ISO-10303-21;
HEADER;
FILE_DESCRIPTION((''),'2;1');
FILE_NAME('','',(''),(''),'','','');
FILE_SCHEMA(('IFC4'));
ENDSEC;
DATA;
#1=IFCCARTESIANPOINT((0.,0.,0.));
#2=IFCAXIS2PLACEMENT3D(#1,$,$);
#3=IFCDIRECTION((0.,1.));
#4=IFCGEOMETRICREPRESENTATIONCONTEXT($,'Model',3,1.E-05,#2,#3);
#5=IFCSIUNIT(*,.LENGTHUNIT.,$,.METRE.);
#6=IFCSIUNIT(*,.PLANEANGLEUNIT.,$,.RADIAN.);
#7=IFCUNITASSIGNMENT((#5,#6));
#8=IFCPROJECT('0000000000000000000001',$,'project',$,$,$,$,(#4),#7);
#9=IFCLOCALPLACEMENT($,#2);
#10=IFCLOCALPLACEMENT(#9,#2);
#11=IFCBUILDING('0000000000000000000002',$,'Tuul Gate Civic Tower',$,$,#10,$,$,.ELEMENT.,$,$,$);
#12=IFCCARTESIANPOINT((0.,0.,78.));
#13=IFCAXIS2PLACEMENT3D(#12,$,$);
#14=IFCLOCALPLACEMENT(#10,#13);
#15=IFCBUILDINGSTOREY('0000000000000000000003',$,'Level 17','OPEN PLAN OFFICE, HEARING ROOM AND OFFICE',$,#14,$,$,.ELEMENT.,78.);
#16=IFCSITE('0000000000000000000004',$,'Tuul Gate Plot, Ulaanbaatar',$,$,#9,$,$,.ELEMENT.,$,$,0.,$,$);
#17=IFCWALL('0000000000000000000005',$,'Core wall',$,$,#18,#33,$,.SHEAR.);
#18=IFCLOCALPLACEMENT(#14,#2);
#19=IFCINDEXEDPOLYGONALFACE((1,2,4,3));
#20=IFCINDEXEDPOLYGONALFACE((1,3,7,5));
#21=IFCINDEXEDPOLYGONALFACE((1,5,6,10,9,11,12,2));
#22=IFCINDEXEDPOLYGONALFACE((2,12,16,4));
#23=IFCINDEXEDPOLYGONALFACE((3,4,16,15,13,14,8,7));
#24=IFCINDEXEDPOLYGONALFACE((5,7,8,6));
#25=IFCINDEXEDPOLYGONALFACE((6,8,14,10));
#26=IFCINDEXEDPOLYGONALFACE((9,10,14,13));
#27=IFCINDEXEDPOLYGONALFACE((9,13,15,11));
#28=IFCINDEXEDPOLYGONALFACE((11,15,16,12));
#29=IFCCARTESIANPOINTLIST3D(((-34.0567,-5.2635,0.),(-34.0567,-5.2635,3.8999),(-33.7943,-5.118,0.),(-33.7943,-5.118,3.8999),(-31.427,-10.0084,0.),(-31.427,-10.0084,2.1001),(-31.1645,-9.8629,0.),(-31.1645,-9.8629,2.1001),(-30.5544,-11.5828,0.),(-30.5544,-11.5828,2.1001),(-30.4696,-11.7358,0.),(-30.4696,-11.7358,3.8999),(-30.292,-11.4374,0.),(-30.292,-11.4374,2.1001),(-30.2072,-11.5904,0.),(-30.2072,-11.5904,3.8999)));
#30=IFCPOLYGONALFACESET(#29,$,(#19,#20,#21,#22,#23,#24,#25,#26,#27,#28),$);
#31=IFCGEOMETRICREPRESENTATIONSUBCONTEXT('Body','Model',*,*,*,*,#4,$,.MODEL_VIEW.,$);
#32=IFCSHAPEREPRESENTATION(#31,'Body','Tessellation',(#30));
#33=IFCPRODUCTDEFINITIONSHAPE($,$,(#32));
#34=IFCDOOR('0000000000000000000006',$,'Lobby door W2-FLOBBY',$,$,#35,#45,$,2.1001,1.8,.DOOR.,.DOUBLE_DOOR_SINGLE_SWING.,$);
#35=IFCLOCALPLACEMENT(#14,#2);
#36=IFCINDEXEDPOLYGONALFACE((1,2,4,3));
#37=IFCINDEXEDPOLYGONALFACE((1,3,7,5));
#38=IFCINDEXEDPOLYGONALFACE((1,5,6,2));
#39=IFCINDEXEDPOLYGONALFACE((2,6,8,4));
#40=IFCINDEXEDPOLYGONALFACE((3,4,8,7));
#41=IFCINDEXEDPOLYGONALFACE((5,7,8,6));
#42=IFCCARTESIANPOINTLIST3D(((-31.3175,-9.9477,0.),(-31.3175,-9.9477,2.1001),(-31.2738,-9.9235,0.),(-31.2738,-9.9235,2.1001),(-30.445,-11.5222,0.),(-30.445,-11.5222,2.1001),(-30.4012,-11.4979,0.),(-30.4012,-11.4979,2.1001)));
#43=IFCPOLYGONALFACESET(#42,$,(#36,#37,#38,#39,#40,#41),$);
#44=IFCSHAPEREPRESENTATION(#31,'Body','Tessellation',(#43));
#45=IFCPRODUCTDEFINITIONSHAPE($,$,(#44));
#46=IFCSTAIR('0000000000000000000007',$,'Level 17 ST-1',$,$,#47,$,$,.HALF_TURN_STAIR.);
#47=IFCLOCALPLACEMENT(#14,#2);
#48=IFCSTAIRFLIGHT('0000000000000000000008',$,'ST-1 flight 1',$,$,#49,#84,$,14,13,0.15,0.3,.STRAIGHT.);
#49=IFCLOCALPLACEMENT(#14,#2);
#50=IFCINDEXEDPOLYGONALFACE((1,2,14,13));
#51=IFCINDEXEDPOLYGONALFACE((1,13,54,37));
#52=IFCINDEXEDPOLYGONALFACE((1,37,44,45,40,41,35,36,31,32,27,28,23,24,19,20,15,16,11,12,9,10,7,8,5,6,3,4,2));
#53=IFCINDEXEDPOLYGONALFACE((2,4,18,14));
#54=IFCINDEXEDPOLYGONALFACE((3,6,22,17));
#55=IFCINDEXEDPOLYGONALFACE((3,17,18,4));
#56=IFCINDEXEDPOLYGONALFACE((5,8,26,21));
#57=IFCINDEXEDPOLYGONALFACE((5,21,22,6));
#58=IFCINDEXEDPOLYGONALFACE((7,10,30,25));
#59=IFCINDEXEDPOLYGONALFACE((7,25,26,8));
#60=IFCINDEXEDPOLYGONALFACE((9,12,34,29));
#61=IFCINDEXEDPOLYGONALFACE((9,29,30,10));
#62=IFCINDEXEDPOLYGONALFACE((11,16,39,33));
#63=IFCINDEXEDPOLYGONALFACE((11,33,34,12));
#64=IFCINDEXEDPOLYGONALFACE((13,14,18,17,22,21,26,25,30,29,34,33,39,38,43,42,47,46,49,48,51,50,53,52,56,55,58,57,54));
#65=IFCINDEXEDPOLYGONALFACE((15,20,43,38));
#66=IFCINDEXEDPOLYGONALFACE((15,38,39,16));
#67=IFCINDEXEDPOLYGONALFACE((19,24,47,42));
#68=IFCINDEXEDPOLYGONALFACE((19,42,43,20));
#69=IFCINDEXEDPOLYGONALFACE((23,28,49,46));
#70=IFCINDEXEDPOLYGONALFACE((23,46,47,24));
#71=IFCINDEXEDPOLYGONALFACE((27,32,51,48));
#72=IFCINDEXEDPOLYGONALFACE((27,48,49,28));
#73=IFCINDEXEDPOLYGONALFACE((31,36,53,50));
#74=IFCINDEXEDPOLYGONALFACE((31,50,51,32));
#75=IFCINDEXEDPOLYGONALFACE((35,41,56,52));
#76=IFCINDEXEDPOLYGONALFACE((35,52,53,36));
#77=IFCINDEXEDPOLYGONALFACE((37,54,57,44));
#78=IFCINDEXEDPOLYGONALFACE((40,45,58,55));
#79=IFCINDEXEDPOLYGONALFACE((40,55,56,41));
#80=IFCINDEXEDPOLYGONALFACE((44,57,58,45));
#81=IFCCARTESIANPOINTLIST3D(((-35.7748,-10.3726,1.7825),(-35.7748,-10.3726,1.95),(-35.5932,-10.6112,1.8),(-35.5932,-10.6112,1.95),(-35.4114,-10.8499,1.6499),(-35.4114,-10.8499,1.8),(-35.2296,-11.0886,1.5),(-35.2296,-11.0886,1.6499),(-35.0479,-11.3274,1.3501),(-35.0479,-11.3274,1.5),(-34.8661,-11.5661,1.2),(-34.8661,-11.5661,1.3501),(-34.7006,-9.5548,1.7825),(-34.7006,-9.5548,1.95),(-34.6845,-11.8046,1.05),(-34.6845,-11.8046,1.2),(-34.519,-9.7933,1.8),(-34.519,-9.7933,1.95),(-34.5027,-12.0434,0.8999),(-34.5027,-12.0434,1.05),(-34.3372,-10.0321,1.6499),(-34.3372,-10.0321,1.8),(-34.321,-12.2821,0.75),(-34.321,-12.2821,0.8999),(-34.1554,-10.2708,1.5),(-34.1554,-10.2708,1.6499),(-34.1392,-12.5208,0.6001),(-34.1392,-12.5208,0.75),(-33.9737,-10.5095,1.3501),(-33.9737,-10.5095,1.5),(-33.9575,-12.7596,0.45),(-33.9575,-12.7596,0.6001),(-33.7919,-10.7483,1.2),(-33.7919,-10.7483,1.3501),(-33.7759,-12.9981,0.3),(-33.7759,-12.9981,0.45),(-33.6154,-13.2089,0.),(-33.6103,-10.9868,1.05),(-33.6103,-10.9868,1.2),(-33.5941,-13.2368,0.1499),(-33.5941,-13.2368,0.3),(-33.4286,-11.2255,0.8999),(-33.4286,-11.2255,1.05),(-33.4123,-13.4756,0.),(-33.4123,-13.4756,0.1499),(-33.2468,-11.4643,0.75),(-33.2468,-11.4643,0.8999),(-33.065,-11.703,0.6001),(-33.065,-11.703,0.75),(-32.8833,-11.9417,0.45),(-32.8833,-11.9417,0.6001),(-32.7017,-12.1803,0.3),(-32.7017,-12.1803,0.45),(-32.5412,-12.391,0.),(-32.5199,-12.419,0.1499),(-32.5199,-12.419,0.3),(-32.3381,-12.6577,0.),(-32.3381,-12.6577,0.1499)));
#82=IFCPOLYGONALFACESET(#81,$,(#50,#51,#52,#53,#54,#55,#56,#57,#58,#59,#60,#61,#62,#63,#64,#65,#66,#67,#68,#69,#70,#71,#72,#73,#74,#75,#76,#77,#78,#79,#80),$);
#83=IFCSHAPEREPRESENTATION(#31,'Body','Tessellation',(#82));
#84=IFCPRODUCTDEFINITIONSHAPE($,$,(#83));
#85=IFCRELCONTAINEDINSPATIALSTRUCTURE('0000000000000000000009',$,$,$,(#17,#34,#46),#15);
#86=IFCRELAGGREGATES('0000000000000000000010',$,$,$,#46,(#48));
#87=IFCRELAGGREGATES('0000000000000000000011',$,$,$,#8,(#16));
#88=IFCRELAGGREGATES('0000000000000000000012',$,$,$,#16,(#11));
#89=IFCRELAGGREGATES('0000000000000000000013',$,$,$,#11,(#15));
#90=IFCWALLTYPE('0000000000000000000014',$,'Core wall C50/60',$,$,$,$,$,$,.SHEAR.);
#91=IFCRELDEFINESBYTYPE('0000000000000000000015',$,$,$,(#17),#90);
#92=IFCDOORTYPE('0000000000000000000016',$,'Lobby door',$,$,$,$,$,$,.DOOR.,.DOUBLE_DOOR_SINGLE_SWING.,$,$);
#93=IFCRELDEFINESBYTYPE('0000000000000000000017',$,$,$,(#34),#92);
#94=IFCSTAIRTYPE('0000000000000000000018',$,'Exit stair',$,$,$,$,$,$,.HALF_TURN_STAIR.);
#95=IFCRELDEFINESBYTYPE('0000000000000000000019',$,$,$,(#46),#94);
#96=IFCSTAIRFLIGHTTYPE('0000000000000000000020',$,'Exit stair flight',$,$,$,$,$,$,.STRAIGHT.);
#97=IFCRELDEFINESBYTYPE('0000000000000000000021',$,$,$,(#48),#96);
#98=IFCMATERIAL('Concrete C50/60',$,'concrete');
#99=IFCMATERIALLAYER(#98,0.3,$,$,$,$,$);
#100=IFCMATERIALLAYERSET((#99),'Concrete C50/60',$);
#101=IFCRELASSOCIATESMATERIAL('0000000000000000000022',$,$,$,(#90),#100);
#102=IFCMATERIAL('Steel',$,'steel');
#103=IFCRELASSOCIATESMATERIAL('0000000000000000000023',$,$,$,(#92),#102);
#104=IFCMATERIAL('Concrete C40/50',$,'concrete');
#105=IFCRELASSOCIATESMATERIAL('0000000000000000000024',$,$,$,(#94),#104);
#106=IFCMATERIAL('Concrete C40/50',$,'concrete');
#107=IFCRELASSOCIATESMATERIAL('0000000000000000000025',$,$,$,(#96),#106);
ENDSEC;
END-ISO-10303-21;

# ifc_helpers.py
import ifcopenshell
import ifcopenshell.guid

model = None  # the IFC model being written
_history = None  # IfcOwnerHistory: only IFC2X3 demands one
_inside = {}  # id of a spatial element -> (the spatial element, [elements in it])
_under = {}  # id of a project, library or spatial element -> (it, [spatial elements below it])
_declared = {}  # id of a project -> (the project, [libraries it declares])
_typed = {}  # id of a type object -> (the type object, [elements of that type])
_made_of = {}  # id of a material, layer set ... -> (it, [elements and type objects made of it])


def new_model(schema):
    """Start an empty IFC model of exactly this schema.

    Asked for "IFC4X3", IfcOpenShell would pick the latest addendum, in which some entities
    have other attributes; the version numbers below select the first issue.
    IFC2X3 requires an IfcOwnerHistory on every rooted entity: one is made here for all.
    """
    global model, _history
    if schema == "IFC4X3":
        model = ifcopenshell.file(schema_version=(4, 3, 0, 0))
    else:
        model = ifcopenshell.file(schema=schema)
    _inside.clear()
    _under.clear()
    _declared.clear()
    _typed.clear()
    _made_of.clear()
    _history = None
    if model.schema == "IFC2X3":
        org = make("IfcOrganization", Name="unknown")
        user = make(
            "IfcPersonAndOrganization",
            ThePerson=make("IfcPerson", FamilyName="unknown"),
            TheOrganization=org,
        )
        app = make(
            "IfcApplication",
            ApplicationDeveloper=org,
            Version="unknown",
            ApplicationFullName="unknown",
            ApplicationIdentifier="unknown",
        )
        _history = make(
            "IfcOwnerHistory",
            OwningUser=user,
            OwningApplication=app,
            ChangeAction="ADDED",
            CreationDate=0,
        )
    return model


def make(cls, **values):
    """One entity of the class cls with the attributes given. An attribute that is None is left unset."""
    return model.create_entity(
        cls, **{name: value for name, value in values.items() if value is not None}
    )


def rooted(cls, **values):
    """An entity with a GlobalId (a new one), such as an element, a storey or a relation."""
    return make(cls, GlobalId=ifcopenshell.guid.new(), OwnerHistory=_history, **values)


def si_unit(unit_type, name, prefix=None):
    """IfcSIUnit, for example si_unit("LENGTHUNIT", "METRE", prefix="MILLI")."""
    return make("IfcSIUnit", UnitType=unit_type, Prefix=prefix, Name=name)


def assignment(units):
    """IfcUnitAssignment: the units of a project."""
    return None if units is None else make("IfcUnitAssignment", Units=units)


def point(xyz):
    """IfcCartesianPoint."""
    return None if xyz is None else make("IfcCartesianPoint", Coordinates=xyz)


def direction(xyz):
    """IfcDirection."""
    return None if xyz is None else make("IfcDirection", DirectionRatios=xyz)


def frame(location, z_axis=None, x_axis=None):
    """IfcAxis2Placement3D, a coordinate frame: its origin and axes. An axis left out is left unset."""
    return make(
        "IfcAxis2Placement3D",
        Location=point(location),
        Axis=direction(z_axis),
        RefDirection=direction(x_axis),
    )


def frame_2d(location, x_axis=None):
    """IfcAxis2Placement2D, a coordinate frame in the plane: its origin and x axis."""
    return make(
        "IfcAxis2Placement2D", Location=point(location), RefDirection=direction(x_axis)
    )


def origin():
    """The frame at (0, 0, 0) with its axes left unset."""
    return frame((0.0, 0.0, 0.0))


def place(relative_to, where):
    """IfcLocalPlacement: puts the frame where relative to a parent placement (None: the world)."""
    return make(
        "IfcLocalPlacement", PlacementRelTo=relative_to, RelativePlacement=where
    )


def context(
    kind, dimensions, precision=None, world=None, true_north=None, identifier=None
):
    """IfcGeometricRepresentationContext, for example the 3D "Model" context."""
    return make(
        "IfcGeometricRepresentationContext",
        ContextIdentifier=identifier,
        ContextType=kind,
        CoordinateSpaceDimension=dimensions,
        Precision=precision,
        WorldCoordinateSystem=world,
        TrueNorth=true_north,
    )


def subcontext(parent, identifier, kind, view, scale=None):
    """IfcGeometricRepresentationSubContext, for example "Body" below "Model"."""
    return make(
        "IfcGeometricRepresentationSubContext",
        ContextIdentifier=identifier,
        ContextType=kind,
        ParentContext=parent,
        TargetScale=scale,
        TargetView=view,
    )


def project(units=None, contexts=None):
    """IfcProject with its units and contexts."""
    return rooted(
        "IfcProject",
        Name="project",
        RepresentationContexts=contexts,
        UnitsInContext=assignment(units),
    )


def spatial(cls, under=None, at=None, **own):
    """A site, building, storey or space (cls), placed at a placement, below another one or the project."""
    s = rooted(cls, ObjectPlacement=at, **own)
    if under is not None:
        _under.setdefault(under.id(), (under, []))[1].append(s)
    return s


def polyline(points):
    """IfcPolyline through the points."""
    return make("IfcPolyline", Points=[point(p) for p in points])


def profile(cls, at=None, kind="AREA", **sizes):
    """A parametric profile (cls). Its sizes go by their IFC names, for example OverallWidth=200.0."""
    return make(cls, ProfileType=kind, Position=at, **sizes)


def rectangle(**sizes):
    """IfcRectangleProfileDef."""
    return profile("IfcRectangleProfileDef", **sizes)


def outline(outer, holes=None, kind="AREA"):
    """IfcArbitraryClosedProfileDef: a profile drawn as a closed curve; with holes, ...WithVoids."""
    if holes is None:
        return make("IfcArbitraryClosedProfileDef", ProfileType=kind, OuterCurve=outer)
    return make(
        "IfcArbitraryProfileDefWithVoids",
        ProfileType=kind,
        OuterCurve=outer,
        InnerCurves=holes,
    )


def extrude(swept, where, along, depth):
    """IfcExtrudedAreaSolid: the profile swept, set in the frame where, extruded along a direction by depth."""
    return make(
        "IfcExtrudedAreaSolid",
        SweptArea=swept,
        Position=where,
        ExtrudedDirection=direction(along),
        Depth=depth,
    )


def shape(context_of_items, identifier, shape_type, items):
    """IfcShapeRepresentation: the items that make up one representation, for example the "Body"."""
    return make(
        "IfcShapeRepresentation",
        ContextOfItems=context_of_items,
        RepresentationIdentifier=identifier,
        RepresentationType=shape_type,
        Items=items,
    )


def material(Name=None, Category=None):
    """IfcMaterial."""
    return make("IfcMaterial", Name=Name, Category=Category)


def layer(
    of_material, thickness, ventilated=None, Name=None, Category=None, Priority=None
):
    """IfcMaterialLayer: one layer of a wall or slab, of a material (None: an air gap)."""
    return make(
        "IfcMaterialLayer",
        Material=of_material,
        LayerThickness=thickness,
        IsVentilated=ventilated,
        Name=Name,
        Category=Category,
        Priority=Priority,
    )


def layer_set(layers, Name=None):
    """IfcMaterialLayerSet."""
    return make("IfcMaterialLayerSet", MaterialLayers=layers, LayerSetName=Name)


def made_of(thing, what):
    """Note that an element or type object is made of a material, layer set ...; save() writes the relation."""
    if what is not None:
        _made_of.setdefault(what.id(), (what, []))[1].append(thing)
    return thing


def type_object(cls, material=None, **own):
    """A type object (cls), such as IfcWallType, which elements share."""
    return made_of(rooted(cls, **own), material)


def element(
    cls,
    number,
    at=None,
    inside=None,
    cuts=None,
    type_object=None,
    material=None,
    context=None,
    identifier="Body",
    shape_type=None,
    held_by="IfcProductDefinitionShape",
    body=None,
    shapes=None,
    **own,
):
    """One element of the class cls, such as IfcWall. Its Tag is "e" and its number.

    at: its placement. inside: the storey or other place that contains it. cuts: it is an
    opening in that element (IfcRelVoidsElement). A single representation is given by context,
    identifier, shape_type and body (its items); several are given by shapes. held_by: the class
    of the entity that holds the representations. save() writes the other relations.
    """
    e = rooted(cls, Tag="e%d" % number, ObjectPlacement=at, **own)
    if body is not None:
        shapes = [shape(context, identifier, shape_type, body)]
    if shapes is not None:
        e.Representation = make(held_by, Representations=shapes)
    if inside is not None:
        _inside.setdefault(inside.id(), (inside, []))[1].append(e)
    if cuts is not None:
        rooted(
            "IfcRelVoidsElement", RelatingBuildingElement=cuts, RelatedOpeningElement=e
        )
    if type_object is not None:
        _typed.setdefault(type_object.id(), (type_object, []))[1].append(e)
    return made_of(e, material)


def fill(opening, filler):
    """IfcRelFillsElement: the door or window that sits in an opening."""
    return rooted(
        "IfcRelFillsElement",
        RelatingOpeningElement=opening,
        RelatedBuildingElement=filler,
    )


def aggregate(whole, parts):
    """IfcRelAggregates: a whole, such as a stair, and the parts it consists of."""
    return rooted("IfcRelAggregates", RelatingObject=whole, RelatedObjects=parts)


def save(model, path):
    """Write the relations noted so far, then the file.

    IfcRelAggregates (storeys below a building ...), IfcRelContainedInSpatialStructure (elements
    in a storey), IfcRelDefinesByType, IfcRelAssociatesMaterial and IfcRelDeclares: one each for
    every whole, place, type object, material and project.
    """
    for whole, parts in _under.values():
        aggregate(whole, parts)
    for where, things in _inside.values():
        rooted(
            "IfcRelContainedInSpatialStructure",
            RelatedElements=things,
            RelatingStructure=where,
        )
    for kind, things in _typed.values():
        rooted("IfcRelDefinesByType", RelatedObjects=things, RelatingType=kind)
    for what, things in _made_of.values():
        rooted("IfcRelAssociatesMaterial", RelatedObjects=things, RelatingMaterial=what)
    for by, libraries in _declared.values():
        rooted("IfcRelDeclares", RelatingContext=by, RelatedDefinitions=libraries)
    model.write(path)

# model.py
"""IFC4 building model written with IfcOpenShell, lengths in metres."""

from ifc_helpers import new_model, si_unit, direction, frame, frame_2d, origin, place, context, subcontext, project, spatial, polyline, rectangle, outline, extrude, material, layer, layer_set, type_object, element, fill, aggregate, save


model = new_model("IFC4")

# Units and contexts
model_context = context("Model", 3, precision=1e-05, world=origin(), true_north=direction((0.0, 1.0)))
body_context = subcontext(model_context, "Body", "Model", "MODEL_VIEW")
ifc_project = project(units=[si_unit("LENGTHUNIT", "METRE"), si_unit("PLANEANGLEUNIT", "RADIAN")], contexts=[model_context])

# Site, building, storey
site_placement = place(None, origin())
site = spatial("IfcSite", under=ifc_project, at=site_placement, Name="Tuul Gate Plot, Ulaanbaatar", CompositionType="ELEMENT", RefElevation=0.0)
building_placement = place(site_placement, origin())
building = spatial("IfcBuilding", under=site, at=building_placement, Name="Tuul Gate Civic Tower", CompositionType="ELEMENT")
storey_placement = place(building_placement, frame((0.0, 0.0, 78.0)))
storey = spatial("IfcBuildingStorey", under=building, at=storey_placement, Name="Level 17", Description="OPEN PLAN OFFICE, HEARING ROOM AND OFFICE", CompositionType="ELEMENT", Elevation=78.0)

# Shared definitions
ifc_material_1 = material(Name="Concrete C50/60", Category="concrete")
ifc_layer = layer(ifc_material_1, 0.3)
ifc_layer_set = layer_set([ifc_layer], Name="Concrete C50/60")
wall_type = type_object("IfcWallType", Name="Core wall C50/60", PredefinedType="SHEAR", material=ifc_layer_set)
ifc_material_2 = material(Name="Steel", Category="steel")
door_type_1 = type_object("IfcDoorType", Name="Lobby door", OperationType="DOUBLE_DOOR_SINGLE_SWING", PredefinedType="DOOR", material=ifc_material_2)

# Wall, opening, door
wall_1_placement = place(storey_placement, frame((-30.3384, -11.6631, 0.0), z_axis=(0.0, 0.0, 1.0), x_axis=(-0.484752, 0.874652, 0.0)))
wall_1 = element("IfcWall", 1, at=wall_1_placement, inside=storey, type_object=wall_type, Name="Core wall", PredefinedType="SHEAR", context=body_context, shape_type="SweptSolid", body=[
    extrude(rectangle(XDim=7.3999, YDim=0.3, at=frame_2d((3.7, 0.0))), origin(), (0.0, 0.0, 1.0), 3.8999),
])
opening_1_placement = place(wall_1_placement, frame((0.175, 0.0, 0.0)))
opening_1 = element("IfcOpeningElement", 2, at=opening_1_placement, cuts=wall_1, PredefinedType="OPENING", context=body_context, shape_type="SweptSolid", body=[
    extrude(rectangle(XDim=1.8, YDim=2.1001, at=frame_2d((0.8999, 1.05))), frame((0.0, 0.1602, 0.0), z_axis=(0.0, -1.0, 0.0), x_axis=(1.0, 0.0, 0.0)), (0.0, 0.0, 1.0), 0.3201),
])
door_1_placement = place(opening_1_placement, origin())
door_1 = element("IfcDoor", 3, at=door_1_placement, inside=storey, type_object=door_type_1, Name="Lobby door W2-FLOBBY", OperationType="DOUBLE_DOOR_SINGLE_SWING", OverallHeight=2.1001, OverallWidth=1.8, PredefinedType="DOOR", context=body_context, shape_type="SweptSolid", body=[
    extrude(rectangle(XDim=1.8, YDim=2.1001, at=frame_2d((0.8999, 1.05))), frame((0.0, 0.0249, 0.0), z_axis=(0.0, -1.0, 0.0), x_axis=(1.0, 0.0, 0.0)), (0.0, 0.0, 1.0), 0.05),
])
fill(opening_1, door_1)

# Stair, stair flight
ifc_material_3 = material(Name="Concrete C40/50", Category="concrete")
stair_type = type_object("IfcStairType", Name="Exit stair", PredefinedType="HALF_TURN_STAIR", material=ifc_material_3)
stair_placement = place(storey_placement, origin())
stair = element("IfcStair", 4, at=stair_placement, inside=storey, type_object=stair_type, Name="Level 17 ST-1", PredefinedType="HALF_TURN_STAIR")
ifc_material_4 = material(Name="Concrete C40/50", Category="concrete")
stair_flight_type = type_object("IfcStairFlightType", Name="Exit stair flight", PredefinedType="STRAIGHT", material=ifc_material_4)
stair_flight_placement = place(storey_placement, frame((-32.8752, -13.0667, 0.0), z_axis=(0.0, 0.0, 1.0), x_axis=(-0.605764, 0.795644, 0.0)))
stair_flight = element("IfcStairFlight", 5, at=stair_flight_placement, type_object=stair_flight_type, Name="ST-1 flight 1", NumberOfRisers=14, NumberOfTreads=13, PredefinedType="STRAIGHT", RiserHeight=0.15, TreadLength=0.3, context=body_context, shape_type="SweptSolid", body=[
    extrude(outline(polyline([(0.0, 0.0), (0.0, 0.1499), (0.3, 0.1499), (0.3, 0.3), (0.6001, 0.3), (0.6001, 0.45), (0.8999, 0.45), (0.8999, 0.6001), (1.2, 0.6001), (1.2, 0.75), (1.5, 0.75), (1.5, 0.8999), (1.8, 0.8999), (1.8, 1.05), (2.1001, 1.05), (2.1001, 1.2), (2.3999, 1.2), (2.3999, 1.3501), (2.7, 1.3501), (2.7, 1.5), (3.0, 1.5), (3.0, 1.6499), (3.3, 1.6499), (3.3, 1.8), (3.6001, 1.8), (3.6001, 1.95), (3.8999, 1.95), (3.8999, 2.1001), (3.8999, 1.7825), (0.3352, 0.0), (0.0, 0.0)])), frame((0.0, 0.675, 0.0), z_axis=(0.0, -1.0, 0.0), x_axis=(1.0, 0.0, 0.0)), (0.0, 0.0, 1.0), 1.3501),
])
aggregate(stair, [stair_flight])

save(model, "model.ifc")
